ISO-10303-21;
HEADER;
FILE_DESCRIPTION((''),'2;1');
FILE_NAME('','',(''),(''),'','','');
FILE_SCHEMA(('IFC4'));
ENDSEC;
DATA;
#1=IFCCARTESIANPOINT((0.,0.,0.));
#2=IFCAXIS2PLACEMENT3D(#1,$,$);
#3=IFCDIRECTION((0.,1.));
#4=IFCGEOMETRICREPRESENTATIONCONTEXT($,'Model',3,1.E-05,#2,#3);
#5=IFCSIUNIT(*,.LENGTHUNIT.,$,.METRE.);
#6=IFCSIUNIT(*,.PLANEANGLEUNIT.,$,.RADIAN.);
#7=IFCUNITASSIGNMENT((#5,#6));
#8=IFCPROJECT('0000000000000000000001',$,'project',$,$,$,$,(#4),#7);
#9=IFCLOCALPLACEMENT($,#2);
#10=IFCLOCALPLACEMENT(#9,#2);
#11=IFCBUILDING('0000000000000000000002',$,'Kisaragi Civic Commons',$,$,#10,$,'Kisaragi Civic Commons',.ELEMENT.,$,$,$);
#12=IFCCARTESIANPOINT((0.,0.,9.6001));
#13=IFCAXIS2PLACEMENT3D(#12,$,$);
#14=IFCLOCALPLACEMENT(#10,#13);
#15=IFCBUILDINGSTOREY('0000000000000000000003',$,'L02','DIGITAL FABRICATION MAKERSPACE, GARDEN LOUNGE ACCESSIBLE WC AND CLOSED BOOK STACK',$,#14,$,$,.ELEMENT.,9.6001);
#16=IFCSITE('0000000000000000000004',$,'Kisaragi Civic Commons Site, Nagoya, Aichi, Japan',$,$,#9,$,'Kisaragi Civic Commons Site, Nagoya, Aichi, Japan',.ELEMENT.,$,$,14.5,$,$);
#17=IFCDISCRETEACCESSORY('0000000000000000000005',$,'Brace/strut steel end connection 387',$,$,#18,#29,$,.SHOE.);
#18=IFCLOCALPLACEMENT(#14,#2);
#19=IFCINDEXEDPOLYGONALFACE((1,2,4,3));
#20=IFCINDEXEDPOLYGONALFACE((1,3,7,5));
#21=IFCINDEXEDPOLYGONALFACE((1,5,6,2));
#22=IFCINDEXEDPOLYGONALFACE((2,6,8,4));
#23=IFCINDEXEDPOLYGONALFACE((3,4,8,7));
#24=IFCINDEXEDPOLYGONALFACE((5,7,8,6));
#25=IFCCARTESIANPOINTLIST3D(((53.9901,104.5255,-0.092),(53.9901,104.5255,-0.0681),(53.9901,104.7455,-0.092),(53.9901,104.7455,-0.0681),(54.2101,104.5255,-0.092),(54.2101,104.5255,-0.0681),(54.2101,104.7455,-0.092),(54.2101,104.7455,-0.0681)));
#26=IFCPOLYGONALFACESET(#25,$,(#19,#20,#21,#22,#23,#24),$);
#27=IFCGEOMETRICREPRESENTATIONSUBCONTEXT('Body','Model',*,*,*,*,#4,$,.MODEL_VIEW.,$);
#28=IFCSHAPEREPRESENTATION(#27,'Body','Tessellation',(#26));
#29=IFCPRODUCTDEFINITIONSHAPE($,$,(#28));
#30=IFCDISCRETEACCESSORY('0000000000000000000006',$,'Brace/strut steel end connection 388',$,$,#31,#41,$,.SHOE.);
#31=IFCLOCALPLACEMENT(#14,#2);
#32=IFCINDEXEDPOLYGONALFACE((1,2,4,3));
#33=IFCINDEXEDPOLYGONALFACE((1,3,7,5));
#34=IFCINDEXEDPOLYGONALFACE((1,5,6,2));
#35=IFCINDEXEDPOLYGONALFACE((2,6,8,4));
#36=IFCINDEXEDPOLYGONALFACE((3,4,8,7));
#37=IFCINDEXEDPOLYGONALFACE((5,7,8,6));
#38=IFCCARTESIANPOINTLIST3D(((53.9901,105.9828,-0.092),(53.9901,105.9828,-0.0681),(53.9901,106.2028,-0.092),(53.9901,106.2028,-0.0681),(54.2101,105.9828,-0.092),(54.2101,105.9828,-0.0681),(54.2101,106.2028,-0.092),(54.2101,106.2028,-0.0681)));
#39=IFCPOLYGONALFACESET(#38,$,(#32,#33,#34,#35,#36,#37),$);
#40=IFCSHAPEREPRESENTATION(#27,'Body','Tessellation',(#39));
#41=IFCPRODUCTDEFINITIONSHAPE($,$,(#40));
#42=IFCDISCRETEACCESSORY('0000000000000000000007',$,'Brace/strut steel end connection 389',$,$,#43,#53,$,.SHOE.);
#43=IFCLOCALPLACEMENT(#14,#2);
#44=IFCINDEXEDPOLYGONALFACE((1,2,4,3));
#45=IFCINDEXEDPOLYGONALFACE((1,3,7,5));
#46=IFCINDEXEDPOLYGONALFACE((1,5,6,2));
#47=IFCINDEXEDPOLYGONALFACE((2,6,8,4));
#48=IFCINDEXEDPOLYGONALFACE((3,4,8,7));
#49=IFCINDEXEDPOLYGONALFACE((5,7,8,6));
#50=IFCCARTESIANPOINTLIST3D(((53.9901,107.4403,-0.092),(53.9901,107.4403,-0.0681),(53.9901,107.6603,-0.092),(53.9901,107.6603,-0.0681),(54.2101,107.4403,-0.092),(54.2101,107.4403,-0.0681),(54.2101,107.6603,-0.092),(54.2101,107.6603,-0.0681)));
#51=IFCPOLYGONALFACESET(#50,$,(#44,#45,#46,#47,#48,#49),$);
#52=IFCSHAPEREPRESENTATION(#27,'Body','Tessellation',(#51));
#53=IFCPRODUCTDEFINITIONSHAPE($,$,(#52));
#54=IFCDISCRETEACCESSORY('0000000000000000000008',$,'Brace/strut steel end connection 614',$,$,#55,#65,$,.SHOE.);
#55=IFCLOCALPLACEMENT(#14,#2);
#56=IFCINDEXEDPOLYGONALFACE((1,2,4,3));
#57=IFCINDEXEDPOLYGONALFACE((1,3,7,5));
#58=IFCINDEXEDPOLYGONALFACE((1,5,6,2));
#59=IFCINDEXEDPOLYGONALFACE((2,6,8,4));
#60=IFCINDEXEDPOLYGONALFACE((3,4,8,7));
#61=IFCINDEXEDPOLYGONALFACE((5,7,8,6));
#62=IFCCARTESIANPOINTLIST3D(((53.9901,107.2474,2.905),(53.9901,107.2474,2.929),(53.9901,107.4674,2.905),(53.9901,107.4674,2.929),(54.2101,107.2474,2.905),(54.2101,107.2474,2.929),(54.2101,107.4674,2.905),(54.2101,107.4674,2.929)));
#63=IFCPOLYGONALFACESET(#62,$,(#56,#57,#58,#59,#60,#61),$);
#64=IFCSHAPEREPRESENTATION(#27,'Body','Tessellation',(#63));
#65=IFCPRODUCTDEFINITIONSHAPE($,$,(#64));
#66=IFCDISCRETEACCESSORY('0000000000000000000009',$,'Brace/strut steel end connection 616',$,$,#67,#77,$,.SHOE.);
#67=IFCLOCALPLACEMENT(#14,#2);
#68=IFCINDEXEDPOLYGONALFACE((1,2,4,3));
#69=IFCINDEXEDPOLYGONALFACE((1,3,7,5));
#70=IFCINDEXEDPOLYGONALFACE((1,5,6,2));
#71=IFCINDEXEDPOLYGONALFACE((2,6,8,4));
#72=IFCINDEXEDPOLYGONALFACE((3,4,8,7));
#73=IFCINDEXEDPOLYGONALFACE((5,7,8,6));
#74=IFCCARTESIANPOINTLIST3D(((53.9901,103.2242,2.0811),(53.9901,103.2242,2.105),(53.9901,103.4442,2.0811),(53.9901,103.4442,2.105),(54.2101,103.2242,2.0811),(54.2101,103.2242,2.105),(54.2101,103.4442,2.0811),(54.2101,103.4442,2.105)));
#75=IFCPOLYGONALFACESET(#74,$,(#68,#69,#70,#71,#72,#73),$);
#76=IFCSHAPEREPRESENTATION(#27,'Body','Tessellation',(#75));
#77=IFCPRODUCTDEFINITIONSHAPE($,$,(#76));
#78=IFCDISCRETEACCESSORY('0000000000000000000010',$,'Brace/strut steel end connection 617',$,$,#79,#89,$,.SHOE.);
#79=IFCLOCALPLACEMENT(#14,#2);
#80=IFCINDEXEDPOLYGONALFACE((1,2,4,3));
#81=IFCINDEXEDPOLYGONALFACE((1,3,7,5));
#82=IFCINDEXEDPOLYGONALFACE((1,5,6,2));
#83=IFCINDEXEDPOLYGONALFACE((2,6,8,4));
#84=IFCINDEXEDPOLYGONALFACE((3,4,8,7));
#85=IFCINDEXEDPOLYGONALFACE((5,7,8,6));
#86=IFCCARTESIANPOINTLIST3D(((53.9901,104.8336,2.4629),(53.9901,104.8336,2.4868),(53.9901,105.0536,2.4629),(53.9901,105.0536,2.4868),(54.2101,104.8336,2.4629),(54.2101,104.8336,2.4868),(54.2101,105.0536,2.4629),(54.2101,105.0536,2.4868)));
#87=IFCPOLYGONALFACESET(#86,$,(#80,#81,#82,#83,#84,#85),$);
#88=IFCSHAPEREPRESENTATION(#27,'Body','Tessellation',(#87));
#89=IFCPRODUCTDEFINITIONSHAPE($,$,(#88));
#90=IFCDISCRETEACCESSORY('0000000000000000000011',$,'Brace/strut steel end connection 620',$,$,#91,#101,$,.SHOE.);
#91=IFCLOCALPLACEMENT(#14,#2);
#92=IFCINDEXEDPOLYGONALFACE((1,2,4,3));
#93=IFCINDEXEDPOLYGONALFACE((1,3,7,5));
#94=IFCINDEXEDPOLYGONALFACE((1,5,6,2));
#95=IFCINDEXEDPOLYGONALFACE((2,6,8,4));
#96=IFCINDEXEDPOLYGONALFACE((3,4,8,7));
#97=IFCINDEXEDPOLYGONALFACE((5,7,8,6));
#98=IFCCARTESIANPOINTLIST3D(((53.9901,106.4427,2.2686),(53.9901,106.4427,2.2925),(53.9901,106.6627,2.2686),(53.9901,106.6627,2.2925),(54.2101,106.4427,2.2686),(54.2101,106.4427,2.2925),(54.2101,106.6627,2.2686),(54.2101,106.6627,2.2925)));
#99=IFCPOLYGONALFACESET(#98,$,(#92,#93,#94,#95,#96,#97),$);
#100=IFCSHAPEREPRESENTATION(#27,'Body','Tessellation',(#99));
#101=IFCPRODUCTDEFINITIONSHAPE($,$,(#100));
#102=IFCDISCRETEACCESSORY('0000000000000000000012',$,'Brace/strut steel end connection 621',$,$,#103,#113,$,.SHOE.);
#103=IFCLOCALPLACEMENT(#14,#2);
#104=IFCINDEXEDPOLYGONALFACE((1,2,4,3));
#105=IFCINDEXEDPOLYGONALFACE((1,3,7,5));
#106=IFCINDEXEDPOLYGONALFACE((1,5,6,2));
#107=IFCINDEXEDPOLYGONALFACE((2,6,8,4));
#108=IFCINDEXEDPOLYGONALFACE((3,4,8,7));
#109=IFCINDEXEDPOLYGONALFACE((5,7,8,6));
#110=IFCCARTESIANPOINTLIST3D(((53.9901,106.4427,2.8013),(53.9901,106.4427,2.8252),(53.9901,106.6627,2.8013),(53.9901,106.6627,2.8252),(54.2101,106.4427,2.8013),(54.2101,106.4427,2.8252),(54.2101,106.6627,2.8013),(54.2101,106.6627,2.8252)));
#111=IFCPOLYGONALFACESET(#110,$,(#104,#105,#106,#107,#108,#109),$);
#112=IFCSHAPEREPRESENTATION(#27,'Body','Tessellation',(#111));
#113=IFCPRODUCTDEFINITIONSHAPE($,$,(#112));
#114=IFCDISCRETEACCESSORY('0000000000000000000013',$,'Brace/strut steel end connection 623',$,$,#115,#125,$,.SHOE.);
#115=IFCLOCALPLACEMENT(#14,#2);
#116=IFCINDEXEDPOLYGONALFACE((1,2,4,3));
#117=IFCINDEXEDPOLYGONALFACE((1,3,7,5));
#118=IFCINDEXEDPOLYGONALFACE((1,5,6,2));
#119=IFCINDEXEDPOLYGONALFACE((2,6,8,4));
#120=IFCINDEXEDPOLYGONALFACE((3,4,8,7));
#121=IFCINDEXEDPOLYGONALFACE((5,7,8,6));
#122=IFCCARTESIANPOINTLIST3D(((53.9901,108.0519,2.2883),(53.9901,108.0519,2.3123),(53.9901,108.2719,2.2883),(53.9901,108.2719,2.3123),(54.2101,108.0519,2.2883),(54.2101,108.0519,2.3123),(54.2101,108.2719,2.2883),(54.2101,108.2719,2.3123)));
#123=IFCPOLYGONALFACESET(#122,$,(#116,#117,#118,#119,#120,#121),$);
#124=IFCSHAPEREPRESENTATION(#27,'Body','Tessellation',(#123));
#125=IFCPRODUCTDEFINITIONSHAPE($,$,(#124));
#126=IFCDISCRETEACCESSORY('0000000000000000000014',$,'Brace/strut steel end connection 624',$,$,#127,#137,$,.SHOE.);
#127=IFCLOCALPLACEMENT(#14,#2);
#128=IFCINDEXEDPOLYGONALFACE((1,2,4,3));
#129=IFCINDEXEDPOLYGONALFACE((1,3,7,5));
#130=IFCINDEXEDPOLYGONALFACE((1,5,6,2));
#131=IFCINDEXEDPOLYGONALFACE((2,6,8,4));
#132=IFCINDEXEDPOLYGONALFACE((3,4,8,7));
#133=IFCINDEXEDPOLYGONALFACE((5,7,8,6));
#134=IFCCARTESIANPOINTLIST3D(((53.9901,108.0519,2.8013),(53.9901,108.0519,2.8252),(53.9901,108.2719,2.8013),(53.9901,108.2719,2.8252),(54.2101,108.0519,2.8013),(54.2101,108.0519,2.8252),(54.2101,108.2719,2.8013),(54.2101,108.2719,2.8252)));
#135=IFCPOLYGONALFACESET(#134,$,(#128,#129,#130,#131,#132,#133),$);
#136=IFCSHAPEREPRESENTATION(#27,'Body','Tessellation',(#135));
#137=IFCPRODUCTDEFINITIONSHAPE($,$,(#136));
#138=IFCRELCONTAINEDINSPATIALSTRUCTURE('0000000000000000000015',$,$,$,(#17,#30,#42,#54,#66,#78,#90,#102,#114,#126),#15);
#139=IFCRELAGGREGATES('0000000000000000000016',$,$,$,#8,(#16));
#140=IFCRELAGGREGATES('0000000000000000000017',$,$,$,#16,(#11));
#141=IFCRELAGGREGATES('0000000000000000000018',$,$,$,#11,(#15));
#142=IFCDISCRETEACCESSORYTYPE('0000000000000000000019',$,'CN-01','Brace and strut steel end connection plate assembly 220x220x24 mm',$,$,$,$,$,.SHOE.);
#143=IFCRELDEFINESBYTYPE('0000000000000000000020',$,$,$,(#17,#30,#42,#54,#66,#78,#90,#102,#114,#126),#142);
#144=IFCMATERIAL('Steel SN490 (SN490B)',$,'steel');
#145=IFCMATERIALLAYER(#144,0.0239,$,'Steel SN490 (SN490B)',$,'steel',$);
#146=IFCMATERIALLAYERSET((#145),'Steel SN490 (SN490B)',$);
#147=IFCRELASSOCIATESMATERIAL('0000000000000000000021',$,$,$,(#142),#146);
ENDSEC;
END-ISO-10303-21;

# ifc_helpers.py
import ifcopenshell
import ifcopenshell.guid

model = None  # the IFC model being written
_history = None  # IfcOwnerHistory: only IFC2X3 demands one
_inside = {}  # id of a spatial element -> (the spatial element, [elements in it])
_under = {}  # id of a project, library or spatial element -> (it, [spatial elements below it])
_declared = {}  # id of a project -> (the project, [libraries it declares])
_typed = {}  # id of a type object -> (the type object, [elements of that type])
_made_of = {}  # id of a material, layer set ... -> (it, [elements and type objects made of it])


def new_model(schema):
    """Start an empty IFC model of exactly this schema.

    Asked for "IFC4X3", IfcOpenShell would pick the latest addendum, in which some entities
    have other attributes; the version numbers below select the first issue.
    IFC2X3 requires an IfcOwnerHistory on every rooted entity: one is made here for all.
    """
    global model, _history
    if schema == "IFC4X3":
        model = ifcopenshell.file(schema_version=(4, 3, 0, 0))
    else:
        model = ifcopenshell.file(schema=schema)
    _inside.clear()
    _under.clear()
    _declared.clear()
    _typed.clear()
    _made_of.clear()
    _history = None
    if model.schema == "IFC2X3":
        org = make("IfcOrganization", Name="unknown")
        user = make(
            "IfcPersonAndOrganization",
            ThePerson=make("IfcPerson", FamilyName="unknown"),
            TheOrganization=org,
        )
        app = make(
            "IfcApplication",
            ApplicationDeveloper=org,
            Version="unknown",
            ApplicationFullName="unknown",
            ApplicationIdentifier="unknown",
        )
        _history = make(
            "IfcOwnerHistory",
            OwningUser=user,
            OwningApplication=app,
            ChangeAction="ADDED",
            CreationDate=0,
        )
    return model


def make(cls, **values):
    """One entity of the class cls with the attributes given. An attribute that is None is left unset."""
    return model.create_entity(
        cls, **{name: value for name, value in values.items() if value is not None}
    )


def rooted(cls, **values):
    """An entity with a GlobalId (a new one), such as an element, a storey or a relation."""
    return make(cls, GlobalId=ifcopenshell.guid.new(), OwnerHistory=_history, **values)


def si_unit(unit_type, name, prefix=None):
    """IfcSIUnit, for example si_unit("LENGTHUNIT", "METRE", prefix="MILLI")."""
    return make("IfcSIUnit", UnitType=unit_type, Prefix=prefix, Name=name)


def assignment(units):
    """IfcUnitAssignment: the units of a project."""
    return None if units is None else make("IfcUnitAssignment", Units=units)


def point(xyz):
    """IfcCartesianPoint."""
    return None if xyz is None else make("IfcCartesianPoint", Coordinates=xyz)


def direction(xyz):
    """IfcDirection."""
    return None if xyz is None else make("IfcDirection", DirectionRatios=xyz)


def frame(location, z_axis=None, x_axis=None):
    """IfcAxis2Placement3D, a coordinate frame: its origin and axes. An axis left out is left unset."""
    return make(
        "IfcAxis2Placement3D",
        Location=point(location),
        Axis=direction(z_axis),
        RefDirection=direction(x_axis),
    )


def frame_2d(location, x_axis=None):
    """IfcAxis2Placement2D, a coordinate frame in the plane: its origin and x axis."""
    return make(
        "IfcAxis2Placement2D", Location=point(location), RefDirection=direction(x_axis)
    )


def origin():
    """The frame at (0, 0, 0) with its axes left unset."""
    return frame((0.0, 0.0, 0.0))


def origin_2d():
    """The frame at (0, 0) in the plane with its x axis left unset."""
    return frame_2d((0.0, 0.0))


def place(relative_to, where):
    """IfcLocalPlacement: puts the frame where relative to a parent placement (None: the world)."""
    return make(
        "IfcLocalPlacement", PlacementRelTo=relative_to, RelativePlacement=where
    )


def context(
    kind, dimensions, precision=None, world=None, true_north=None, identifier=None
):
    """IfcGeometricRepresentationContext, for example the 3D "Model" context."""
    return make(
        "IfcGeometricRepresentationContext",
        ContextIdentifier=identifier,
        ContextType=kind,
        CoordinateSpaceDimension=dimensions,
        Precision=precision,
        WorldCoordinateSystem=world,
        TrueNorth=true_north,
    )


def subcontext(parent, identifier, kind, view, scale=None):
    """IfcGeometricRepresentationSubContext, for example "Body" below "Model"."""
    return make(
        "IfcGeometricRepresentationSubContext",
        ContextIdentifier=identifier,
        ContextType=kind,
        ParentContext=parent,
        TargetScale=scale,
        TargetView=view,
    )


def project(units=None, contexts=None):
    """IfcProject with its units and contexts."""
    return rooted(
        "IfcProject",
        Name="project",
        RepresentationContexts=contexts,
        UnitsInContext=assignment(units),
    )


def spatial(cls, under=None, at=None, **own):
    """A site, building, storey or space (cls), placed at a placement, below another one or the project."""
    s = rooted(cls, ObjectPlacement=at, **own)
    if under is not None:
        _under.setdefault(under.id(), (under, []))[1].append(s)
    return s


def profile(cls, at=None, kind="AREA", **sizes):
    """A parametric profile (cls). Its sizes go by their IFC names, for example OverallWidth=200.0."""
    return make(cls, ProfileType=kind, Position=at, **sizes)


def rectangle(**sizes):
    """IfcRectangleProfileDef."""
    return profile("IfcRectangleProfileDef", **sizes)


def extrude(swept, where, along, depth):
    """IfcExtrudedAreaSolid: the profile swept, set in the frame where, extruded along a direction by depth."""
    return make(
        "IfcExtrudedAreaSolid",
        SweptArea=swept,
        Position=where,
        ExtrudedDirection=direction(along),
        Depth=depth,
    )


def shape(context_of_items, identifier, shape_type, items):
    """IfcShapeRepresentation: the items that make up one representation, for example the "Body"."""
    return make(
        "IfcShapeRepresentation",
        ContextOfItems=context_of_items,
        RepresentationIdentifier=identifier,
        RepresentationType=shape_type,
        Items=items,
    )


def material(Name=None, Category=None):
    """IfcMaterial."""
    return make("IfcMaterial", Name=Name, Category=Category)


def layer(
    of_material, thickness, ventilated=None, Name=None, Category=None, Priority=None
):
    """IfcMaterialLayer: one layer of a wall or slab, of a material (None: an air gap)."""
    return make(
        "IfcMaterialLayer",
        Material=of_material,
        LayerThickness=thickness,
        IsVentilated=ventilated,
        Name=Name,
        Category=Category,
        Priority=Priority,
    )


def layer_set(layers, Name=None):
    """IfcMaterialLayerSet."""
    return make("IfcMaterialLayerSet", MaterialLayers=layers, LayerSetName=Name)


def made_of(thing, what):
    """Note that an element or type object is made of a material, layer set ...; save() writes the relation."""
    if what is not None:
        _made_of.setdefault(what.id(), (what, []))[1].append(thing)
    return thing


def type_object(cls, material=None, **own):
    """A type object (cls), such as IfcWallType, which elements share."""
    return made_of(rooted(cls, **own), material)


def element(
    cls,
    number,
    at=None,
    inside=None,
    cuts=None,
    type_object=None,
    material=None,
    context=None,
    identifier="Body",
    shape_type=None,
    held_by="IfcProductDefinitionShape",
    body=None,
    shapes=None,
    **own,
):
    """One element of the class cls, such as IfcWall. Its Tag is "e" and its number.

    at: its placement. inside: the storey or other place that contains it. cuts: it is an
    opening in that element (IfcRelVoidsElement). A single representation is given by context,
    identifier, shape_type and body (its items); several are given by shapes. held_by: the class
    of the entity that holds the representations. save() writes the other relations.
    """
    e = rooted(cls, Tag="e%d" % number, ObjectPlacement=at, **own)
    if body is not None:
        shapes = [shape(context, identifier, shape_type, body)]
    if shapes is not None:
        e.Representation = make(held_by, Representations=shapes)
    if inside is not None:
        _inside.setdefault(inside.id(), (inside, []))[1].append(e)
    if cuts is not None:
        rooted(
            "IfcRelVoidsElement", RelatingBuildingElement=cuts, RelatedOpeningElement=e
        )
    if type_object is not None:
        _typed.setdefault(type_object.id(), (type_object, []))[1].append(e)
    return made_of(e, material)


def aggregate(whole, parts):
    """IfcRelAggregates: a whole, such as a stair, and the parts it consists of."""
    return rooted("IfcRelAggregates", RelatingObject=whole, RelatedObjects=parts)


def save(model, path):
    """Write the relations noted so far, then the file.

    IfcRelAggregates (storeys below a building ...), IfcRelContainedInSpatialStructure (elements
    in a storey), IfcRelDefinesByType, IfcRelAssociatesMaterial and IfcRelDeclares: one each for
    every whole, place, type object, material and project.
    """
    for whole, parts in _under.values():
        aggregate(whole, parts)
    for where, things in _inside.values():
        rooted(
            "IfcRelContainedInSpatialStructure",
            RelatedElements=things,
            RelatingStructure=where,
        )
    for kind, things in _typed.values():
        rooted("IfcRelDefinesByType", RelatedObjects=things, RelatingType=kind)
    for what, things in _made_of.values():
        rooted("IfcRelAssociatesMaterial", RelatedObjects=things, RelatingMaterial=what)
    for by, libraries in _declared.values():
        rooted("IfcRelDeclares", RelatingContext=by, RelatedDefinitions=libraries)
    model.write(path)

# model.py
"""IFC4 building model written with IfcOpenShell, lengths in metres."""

from ifc_helpers import new_model, si_unit, direction, frame, origin, origin_2d, place, context, subcontext, project, spatial, rectangle, extrude, material, layer, layer_set, type_object, element, save


model = new_model("IFC4")

# Units and contexts
model_context = context("Model", 3, precision=1e-05, world=origin(), true_north=direction((0.0, 1.0)))
body_context = subcontext(model_context, "Body", "Model", "MODEL_VIEW")
ifc_project = project(units=[si_unit("LENGTHUNIT", "METRE"), si_unit("PLANEANGLEUNIT", "RADIAN")], contexts=[model_context])

# Site, building, storey
site_placement = place(None, origin())
site = spatial("IfcSite", under=ifc_project, at=site_placement, Name="Kisaragi Civic Commons Site, Nagoya, Aichi, Japan", LongName="Kisaragi Civic Commons Site, Nagoya, Aichi, Japan", CompositionType="ELEMENT", RefElevation=14.5)
building_placement = place(site_placement, origin())
building = spatial("IfcBuilding", under=site, at=building_placement, Name="Kisaragi Civic Commons", LongName="Kisaragi Civic Commons", CompositionType="ELEMENT")
storey_placement = place(building_placement, frame((0.0, 0.0, 9.6001)))
storey = spatial("IfcBuildingStorey", under=building, at=storey_placement, Name="L02", Description="DIGITAL FABRICATION MAKERSPACE, GARDEN LOUNGE ACCESSIBLE WC AND CLOSED BOOK STACK", CompositionType="ELEMENT", Elevation=9.6001)

# Shared definitions
ifc_material_1 = material(Name="Steel SN490 (SN490B)", Category="steel")

# Discrete accessories
ifc_layer_1 = layer(ifc_material_1, 0.0239, Name="Steel SN490 (SN490B)", Category="steel")
ifc_layer_set_1 = layer_set([ifc_layer_1], Name="Steel SN490 (SN490B)")
discrete_accessory_type = type_object("IfcDiscreteAccessoryType", Name="CN-01", Description="Brace and strut steel end connection plate assembly 220x220x24 mm", PredefinedType="SHOE", material=ifc_layer_set_1)
for number, where, z_axis, x_axis, name in (
    (1, (54.1001, 104.6355, -0.092), (0.0, 0.0, 1.0), (1.0, 0.0, 0.0), "Brace/strut steel end connection 387"),
    (2, (54.1001, 106.0928, -0.092), (0.0, 0.0, 1.0), (1.0, 0.0, 0.0), "Brace/strut steel end connection 388"),
    (3, (54.1001, 107.5503, -0.092), (0.0, 0.0, 1.0), (1.0, 0.0, 0.0), "Brace/strut steel end connection 389"),
    (4, (54.1001, 107.3574, 2.905), (0.0, 0.0, 1.0), (1.0, 0.0, 0.0), "Brace/strut steel end connection 614"),
    (5, (54.1001, 103.3342, 2.0811), (0.0, 0.0, 1.0), (1.0, 0.0, 0.0), "Brace/strut steel end connection 616"),
    (6, (54.1001, 104.9436, 2.4629), (0.0, 0.0, 1.0), (1.0, 0.0, 0.0), "Brace/strut steel end connection 617"),
    (7, (54.1001, 106.5527, 2.2686), (0.0, 0.0, 1.0), (1.0, 0.0, 0.0), "Brace/strut steel end connection 620"),
    (8, (54.1001, 106.5527, 2.8013), (0.0, 0.0, 1.0), (1.0, 0.0, 0.0), "Brace/strut steel end connection 621"),
    (9, (54.1001, 108.1619, 2.2883), (0.0, 0.0, 1.0), (1.0, 0.0, 0.0), "Brace/strut steel end connection 623"),
    (10, (54.1001, 108.1619, 2.8013), (0.0, 0.0, 1.0), (1.0, 0.0, 0.0), "Brace/strut steel end connection 624"),
):
    element("IfcDiscreteAccessory", number, at=place(storey_placement, frame(where, z_axis=z_axis, x_axis=x_axis)), inside=storey, type_object=discrete_accessory_type, Name=name, PredefinedType="SHOE", context=body_context, shape_type="SweptSolid", body=[
        extrude(rectangle(XDim=0.22, YDim=0.22, at=origin_2d()), origin(), (0.0, 0.0, 1.0), 0.0239),
    ])

save(model, "model.ifc")
